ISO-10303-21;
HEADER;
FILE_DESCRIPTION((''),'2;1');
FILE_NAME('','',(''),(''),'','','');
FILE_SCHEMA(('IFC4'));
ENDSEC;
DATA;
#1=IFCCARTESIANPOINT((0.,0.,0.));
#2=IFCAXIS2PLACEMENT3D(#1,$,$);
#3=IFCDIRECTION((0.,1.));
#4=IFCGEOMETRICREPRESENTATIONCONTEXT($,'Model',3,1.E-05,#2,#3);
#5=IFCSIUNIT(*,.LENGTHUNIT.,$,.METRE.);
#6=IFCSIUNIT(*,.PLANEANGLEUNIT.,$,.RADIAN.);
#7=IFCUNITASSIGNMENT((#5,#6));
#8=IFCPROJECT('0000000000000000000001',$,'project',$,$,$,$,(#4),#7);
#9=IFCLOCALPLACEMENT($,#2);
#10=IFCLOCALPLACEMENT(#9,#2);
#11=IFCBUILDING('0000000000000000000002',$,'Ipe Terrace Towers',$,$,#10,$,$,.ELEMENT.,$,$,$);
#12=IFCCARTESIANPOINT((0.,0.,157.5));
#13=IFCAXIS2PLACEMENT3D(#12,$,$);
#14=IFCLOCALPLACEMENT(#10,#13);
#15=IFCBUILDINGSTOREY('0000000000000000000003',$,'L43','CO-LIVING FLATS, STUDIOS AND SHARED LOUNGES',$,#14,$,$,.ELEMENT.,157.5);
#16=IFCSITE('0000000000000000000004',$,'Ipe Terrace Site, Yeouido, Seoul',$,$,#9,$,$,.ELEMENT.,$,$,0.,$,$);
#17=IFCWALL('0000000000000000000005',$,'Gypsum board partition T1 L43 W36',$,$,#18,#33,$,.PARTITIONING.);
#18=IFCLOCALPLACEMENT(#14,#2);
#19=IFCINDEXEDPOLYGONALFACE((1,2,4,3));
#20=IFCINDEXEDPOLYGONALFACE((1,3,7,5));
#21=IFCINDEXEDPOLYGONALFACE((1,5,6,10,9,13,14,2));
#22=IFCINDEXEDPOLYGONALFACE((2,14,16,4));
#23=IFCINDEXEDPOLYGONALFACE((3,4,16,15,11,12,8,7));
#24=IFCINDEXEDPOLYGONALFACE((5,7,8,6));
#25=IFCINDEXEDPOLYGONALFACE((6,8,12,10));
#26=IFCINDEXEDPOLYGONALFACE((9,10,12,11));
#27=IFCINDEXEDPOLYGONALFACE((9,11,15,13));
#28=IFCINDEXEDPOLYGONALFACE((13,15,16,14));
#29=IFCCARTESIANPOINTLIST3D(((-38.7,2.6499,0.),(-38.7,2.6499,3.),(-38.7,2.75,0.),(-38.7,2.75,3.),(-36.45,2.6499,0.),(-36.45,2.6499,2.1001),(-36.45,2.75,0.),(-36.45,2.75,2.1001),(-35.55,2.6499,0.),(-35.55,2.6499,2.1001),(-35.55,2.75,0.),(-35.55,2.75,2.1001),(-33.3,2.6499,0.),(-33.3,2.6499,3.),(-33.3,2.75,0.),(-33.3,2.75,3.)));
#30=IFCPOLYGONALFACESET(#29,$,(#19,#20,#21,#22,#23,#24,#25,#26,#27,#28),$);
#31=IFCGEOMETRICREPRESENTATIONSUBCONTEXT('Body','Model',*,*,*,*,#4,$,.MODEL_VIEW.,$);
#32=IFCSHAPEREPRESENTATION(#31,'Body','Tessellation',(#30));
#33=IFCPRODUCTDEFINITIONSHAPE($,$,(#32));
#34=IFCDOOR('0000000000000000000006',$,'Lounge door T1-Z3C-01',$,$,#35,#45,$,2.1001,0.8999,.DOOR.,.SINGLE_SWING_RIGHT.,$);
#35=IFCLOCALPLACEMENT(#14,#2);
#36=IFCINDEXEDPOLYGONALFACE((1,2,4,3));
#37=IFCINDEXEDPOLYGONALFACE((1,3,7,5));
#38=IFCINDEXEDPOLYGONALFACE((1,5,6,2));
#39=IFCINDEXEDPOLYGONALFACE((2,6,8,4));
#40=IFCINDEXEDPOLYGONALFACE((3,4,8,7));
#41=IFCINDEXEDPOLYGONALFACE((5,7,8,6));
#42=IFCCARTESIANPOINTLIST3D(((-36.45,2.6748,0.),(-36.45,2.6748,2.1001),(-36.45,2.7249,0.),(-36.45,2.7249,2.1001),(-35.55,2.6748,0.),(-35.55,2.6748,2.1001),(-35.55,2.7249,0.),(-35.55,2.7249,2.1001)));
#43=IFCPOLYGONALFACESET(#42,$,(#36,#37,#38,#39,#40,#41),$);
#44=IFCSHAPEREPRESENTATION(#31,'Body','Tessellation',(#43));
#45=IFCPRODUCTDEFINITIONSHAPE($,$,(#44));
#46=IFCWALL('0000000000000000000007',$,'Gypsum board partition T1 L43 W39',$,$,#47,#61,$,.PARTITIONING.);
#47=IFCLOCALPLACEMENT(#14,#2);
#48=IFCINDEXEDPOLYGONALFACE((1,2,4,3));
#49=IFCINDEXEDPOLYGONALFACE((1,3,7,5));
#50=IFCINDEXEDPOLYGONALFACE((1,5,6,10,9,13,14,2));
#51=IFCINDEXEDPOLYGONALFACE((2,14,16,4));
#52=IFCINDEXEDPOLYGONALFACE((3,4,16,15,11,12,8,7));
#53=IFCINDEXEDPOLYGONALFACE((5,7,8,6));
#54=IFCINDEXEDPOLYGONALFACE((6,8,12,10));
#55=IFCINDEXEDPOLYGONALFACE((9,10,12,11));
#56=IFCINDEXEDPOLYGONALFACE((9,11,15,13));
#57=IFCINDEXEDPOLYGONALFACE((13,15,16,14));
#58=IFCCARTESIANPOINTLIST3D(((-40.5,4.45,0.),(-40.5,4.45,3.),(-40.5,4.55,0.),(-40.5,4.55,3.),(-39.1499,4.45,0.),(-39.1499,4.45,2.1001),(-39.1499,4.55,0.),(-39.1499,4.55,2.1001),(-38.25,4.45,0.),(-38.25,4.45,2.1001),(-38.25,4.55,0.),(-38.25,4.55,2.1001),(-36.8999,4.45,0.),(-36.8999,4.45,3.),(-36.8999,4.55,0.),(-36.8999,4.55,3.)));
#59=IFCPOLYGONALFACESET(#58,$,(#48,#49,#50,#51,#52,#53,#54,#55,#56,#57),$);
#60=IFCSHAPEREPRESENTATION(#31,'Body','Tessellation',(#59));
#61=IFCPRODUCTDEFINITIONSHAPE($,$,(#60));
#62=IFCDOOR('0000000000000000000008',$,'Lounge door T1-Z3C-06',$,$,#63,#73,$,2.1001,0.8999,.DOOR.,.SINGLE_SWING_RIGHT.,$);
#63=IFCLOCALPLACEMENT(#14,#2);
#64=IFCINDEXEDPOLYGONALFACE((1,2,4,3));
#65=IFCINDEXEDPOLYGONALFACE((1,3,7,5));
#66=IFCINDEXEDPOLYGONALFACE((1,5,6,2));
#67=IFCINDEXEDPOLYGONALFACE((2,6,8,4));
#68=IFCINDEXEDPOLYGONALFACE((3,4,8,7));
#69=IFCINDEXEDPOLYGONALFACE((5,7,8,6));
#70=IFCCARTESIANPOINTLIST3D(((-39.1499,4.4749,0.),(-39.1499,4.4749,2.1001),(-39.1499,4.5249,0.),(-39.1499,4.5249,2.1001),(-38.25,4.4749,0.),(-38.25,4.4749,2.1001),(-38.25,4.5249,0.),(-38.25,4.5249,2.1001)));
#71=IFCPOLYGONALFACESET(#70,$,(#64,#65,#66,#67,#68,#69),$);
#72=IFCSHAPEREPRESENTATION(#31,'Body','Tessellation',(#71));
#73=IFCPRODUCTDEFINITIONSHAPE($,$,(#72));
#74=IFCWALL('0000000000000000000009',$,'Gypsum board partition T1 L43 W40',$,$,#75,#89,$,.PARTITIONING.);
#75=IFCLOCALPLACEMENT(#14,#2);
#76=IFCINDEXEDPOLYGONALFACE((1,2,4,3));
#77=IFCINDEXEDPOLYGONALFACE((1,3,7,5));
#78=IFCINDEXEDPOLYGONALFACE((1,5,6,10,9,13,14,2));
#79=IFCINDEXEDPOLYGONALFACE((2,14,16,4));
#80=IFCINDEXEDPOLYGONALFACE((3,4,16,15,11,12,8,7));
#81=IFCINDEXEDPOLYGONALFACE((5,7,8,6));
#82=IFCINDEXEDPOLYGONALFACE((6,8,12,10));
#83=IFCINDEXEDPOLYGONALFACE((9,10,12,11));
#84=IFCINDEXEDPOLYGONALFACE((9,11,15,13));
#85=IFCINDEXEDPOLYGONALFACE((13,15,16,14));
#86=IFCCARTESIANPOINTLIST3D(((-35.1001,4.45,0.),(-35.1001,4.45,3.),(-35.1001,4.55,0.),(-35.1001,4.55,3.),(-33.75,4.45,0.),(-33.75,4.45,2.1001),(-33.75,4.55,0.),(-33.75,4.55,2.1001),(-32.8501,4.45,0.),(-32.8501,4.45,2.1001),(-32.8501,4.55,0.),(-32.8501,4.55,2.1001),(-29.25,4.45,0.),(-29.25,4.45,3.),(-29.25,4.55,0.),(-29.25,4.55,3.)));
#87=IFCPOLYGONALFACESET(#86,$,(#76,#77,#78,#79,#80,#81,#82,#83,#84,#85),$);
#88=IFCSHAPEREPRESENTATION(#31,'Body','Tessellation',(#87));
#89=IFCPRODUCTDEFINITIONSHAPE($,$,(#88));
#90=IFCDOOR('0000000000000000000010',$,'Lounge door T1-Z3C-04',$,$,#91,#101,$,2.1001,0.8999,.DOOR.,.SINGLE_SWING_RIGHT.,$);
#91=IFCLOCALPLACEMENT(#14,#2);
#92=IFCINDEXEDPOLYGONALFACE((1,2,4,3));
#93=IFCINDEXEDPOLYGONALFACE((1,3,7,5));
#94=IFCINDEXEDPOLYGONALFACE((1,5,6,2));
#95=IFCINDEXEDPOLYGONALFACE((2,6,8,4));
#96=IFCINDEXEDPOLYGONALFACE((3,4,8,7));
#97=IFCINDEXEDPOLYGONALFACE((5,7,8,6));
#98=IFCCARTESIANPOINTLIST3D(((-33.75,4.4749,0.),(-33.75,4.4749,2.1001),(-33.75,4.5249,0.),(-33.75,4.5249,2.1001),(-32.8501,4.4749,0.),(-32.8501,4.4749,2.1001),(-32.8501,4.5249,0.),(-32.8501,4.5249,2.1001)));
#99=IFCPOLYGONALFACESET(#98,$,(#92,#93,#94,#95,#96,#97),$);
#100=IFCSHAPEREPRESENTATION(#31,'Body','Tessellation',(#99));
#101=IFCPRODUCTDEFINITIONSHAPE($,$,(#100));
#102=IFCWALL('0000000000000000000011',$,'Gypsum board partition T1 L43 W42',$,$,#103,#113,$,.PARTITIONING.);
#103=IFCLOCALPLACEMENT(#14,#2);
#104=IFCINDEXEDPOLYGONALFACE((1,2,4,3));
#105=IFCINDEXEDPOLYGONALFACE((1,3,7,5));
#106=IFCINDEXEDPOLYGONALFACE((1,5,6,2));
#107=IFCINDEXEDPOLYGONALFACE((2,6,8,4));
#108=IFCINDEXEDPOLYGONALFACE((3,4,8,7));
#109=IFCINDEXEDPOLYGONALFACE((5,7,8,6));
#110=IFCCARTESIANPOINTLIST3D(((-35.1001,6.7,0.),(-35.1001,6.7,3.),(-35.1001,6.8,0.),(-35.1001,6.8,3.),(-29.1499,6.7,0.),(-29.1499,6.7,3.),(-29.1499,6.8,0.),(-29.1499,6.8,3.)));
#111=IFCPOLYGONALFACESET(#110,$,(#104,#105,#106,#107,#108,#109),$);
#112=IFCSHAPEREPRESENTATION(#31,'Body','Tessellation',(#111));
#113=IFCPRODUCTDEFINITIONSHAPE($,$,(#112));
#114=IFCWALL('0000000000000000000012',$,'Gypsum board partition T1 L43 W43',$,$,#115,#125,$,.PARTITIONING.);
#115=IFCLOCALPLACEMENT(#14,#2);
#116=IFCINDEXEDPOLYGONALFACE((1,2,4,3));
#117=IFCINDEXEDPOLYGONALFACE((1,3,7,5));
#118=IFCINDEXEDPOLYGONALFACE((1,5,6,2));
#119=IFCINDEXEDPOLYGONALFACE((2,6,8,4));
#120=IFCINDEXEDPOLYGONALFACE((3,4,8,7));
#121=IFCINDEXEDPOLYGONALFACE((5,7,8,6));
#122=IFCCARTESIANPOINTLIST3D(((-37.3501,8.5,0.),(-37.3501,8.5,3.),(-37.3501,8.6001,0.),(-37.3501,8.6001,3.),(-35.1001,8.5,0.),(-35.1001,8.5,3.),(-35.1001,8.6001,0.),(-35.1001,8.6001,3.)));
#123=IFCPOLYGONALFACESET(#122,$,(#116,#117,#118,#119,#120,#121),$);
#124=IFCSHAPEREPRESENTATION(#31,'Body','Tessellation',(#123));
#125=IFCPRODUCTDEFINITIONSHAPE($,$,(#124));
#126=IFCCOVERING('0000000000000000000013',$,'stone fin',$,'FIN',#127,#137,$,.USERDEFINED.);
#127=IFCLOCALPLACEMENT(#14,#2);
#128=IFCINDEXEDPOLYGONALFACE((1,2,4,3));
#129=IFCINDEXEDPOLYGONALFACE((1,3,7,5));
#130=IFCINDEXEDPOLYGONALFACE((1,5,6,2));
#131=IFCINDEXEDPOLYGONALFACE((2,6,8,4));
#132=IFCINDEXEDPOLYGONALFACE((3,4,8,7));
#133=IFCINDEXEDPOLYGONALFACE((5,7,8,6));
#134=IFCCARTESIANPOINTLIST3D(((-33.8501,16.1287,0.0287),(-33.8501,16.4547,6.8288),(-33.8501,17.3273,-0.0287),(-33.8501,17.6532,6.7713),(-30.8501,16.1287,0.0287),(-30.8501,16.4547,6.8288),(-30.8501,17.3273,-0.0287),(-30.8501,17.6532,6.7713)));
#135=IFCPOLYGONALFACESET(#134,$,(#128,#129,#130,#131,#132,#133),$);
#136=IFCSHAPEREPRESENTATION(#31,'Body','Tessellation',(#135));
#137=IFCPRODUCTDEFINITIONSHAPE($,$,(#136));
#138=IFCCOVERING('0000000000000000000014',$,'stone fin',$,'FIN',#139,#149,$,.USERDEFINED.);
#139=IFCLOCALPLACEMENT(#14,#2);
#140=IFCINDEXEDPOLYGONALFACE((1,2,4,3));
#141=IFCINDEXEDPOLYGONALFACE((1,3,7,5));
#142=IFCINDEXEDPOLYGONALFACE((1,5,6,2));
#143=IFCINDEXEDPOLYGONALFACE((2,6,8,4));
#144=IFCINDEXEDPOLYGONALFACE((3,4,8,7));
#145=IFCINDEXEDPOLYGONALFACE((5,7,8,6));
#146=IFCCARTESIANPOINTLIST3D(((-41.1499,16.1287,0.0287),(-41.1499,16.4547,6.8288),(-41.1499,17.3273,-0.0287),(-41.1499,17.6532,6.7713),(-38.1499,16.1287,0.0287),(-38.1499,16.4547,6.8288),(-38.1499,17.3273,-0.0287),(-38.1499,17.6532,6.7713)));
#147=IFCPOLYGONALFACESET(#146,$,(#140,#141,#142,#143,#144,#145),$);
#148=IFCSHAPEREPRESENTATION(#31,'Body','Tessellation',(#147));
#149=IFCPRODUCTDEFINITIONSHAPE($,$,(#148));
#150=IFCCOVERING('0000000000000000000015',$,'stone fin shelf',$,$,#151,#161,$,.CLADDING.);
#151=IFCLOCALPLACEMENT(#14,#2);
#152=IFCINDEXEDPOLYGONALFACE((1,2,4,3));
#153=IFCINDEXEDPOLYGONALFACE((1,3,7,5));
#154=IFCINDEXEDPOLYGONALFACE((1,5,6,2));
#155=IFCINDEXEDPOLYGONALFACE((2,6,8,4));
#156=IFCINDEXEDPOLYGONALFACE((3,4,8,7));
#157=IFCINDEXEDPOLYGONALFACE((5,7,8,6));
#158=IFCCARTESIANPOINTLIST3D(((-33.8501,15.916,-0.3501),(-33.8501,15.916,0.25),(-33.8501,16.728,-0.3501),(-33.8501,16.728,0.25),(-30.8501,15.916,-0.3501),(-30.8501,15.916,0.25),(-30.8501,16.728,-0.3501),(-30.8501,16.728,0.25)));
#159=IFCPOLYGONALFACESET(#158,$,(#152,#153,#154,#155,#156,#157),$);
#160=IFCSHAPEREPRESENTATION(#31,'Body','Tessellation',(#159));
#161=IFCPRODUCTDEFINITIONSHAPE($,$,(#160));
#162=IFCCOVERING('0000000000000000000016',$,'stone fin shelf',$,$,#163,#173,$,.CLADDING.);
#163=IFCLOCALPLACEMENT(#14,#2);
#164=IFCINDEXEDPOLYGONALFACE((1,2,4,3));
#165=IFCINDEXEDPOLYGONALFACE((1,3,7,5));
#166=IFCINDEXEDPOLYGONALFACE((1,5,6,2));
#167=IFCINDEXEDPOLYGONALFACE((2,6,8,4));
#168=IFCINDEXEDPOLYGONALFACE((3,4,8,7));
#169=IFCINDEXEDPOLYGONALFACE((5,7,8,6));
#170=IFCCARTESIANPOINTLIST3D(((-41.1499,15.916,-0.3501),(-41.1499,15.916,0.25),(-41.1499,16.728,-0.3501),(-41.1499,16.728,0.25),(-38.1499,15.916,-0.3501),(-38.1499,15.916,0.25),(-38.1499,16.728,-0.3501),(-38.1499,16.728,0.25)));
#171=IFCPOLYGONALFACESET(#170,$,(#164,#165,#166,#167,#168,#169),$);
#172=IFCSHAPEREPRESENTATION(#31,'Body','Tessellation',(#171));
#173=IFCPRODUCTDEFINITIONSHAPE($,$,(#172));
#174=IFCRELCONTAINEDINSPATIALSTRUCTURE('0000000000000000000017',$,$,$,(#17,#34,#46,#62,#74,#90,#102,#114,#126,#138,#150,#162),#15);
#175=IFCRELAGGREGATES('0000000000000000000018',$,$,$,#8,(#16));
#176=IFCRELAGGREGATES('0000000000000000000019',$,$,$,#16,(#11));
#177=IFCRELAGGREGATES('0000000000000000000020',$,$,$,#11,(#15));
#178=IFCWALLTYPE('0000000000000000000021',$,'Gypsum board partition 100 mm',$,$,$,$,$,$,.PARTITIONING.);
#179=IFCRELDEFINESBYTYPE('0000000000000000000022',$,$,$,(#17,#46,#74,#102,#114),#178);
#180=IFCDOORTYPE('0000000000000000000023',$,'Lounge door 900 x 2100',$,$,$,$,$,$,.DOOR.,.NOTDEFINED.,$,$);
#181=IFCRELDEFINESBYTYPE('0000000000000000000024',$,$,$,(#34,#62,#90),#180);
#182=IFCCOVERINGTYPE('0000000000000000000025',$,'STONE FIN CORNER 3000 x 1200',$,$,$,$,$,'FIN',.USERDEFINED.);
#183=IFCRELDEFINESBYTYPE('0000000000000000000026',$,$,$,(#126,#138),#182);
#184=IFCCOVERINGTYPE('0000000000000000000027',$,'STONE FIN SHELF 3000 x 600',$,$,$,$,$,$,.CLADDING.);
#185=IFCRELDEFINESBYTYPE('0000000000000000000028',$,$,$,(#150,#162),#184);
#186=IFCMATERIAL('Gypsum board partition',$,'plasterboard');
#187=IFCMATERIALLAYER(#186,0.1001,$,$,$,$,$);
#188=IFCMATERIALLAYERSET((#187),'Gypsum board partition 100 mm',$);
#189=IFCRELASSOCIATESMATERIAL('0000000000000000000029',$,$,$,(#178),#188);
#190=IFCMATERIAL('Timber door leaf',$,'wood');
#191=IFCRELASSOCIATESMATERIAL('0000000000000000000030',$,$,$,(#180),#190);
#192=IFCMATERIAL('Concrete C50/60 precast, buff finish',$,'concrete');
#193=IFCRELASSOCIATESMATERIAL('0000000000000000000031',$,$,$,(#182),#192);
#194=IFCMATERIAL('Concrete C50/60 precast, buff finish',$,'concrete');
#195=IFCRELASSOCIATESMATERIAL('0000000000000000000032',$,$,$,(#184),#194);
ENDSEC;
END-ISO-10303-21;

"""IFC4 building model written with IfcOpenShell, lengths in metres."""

from ifc_helpers import new_model, si_unit, direction, frame, frame_2d, origin, origin_2d, place, context, subcontext, project, spatial, rectangle, extrude, material, layer, layer_set, material_profile, profile_set, type_object, element, fill, save


model = new_model("IFC4")

# Units and contexts
model_context = context("Model", 3, precision=1e-05, world=origin(), true_north=direction((0.0, 1.0)))
body_context = subcontext(model_context, "Body", "Model", "MODEL_VIEW")
ifc_project = project(units=[si_unit("LENGTHUNIT", "METRE"), si_unit("PLANEANGLEUNIT", "RADIAN")], contexts=[model_context])

# Site, building, storey
site_placement = place(None, origin())
site = spatial("IfcSite", under=ifc_project, at=site_placement, Name="Ipe Terrace Site, Yeouido, Seoul", CompositionType="ELEMENT", RefElevation=0.0)
building_placement = place(site_placement, origin())
building = spatial("IfcBuilding", under=site, at=building_placement, Name="Ipe Terrace Towers", CompositionType="ELEMENT")
storey_placement = place(building_placement, frame((0.0, 0.0, 157.5)))
storey = spatial("IfcBuildingStorey", under=building, at=storey_placement, Name="L43", Description="CO-LIVING FLATS, STUDIOS AND SHARED LOUNGES", CompositionType="ELEMENT", Elevation=157.5)

# Shared definitions
ifc_material_1 = material(Name="Gypsum board partition", Category="plasterboard")
ifc_layer_1 = layer(ifc_material_1, 0.1001)
ifc_layer_set_1 = layer_set([ifc_layer_1], Name="Gypsum board partition 100 mm")
wall_type_1 = type_object("IfcWallType", Name="Gypsum board partition 100 mm", PredefinedType="PARTITIONING", material=ifc_layer_set_1)

# Shared definitions
ifc_material_2 = material(Name="Timber door leaf", Category="wood")
door_type = type_object("IfcDoorType", Name="Lounge door 900 x 2100", OperationType="NOTDEFINED", PredefinedType="DOOR", material=ifc_material_2)

# Walls, openings, doors
wall_1_placement = place(storey_placement, frame((-38.7, 2.7, 0.0), z_axis=(0.0, 0.0, 1.0), x_axis=(1.0, 0.0, 0.0)))
wall_1 = element("IfcWall", 1, at=wall_1_placement, inside=storey, type_object=wall_type_1, Name="Gypsum board partition T1 L43 W36", PredefinedType="PARTITIONING", context=body_context, shape_type="SweptSolid", body=[
    extrude(rectangle(XDim=5.3999, YDim=0.1001, at=frame_2d((2.7, 0.0))), origin(), (0.0, 0.0, 1.0), 3.0),
])
opening_1_placement = place(wall_1_placement, frame((2.25, 0.0, 0.0)))
opening_1 = element("IfcOpeningElement", 2, at=opening_1_placement, cuts=wall_1, PredefinedType="OPENING", context=body_context, shape_type="SweptSolid", body=[
    extrude(rectangle(XDim=0.8999, YDim=2.1001, at=frame_2d((0.45, 1.05))), frame((0.0, 0.0601, 0.0), z_axis=(0.0, -1.0, 0.0), x_axis=(1.0, 0.0, 0.0)), (0.0, 0.0, 1.0), 0.1201),
])
door_1_placement = place(opening_1_placement, origin())
door_1 = element("IfcDoor", 3, at=door_1_placement, inside=storey, type_object=door_type, Name="Lounge door T1-Z3C-01", OperationType="SINGLE_SWING_RIGHT", OverallHeight=2.1001, OverallWidth=0.8999, PredefinedType="DOOR", context=body_context, shape_type="SweptSolid", body=[
    extrude(rectangle(XDim=0.8999, YDim=2.1001, at=frame_2d((0.45, 1.05))), frame((0.0, 0.0249, 0.0), z_axis=(0.0, -1.0, 0.0), x_axis=(1.0, 0.0, 0.0)), (0.0, 0.0, 1.0), 0.05),
])
fill(opening_1, door_1)
wall_2_placement = place(storey_placement, frame((-40.5, 4.5, 0.0), z_axis=(0.0, 0.0, 1.0), x_axis=(1.0, 0.0, 0.0)))
wall_2 = element("IfcWall", 4, at=wall_2_placement, inside=storey, type_object=wall_type_1, Name="Gypsum board partition T1 L43 W39", PredefinedType="PARTITIONING", context=body_context, shape_type="SweptSolid", body=[
    extrude(rectangle(XDim=3.6001, YDim=0.1001, at=frame_2d((1.8, 0.0))), origin(), (0.0, 0.0, 1.0), 3.0),
])
opening_2_placement = place(wall_2_placement, frame((1.3501, 0.0, 0.0)))
opening_2 = element("IfcOpeningElement", 5, at=opening_2_placement, cuts=wall_2, PredefinedType="OPENING", context=body_context, shape_type="SweptSolid", body=[
    extrude(rectangle(XDim=0.8999, YDim=2.1001, at=frame_2d((0.45, 1.05))), frame((0.0, 0.0601, 0.0), z_axis=(0.0, -1.0, 0.0), x_axis=(1.0, 0.0, 0.0)), (0.0, 0.0, 1.0), 0.1201),
])
door_2_placement = place(opening_2_placement, origin())
door_2 = element("IfcDoor", 6, at=door_2_placement, inside=storey, type_object=door_type, Name="Lounge door T1-Z3C-06", OperationType="SINGLE_SWING_RIGHT", OverallHeight=2.1001, OverallWidth=0.8999, PredefinedType="DOOR", context=body_context, shape_type="SweptSolid", body=[
    extrude(rectangle(XDim=0.8999, YDim=2.1001, at=frame_2d((0.45, 1.05))), frame((0.0, 0.0249, 0.0), z_axis=(0.0, -1.0, 0.0), x_axis=(1.0, 0.0, 0.0)), (0.0, 0.0, 1.0), 0.05),
])
fill(opening_2, door_2)
wall_3_placement = place(storey_placement, frame((-35.1001, 4.5, 0.0), z_axis=(0.0, 0.0, 1.0), x_axis=(1.0, 0.0, 0.0)))
wall_3 = element("IfcWall", 7, at=wall_3_placement, inside=storey, type_object=wall_type_1, Name="Gypsum board partition T1 L43 W40", PredefinedType="PARTITIONING", context=body_context, shape_type="SweptSolid", body=[
    extrude(rectangle(XDim=5.8501, YDim=0.1001, at=frame_2d((2.925, 0.0))), origin(), (0.0, 0.0, 1.0), 3.0),
])
opening_3_placement = place(wall_3_placement, frame((1.3501, 0.0, 0.0)))
opening_3 = element("IfcOpeningElement", 8, at=opening_3_placement, cuts=wall_3, PredefinedType="OPENING", context=body_context, shape_type="SweptSolid", body=[
    extrude(rectangle(XDim=0.8999, YDim=2.1001, at=frame_2d((0.45, 1.05))), frame((0.0, 0.0601, 0.0), z_axis=(0.0, -1.0, 0.0), x_axis=(1.0, 0.0, 0.0)), (0.0, 0.0, 1.0), 0.1201),
])
door_3_placement = place(opening_3_placement, origin())
door_3 = element("IfcDoor", 9, at=door_3_placement, inside=storey, type_object=door_type, Name="Lounge door T1-Z3C-04", OperationType="SINGLE_SWING_RIGHT", OverallHeight=2.1001, OverallWidth=0.8999, PredefinedType="DOOR", context=body_context, shape_type="SweptSolid", body=[
    extrude(rectangle(XDim=0.8999, YDim=2.1001, at=frame_2d((0.45, 1.05))), frame((0.0, 0.0249, 0.0), z_axis=(0.0, -1.0, 0.0), x_axis=(1.0, 0.0, 0.0)), (0.0, 0.0, 1.0), 0.05),
])
fill(opening_3, door_3)

# Walls
wall_4_placement = place(storey_placement, frame((-35.1001, 6.75, 0.0), z_axis=(0.0, 0.0, 1.0), x_axis=(1.0, 0.0, 0.0)))
element("IfcWall", 10, at=wall_4_placement, inside=storey, type_object=wall_type_1, Name="Gypsum board partition T1 L43 W42", PredefinedType="PARTITIONING", context=body_context, shape_type="SweptSolid", body=[
    extrude(rectangle(XDim=5.9502, YDim=0.1001, at=frame_2d((2.9751, 0.0))), origin(), (0.0, 0.0, 1.0), 3.0),
])
wall_5_placement = place(storey_placement, frame((-37.3501, 8.55, 0.0), z_axis=(0.0, 0.0, 1.0), x_axis=(1.0, 0.0, 0.0)))
element("IfcWall", 11, at=wall_5_placement, inside=storey, type_object=wall_type_1, Name="Gypsum board partition T1 L43 W43", PredefinedType="PARTITIONING", context=body_context, shape_type="SweptSolid", body=[
    extrude(rectangle(XDim=2.25, YDim=0.1001, at=frame_2d((1.125, 0.0))), origin(), (0.0, 0.0, 1.0), 3.0),
])

# Coverings
ifc_material_3 = material(Name="Concrete C50/60 precast, buff finish", Category="concrete")
ifc_material_profile_1 = material_profile(ifc_material_3, rectangle(XDim=3.0, YDim=1.2, at=origin_2d()), Name="STONE FIN CORNER 3000 x 1200")
ifc_profile_set_1 = profile_set([ifc_material_profile_1], Name="Concrete C50/60 precast, buff finish")
covering_type_1 = type_object("IfcCoveringType", Name="STONE FIN CORNER 3000 x 1200", ElementType="FIN", PredefinedType="USERDEFINED", material=ifc_profile_set_1)
for number, where, z_axis, x_axis, name in (
    (12, (-32.3501, 16.728, 0.0), (0.0, 0.047875, 0.998853), (-1.0, 0.0, 0.0), "stone fin"),
    (13, (-39.6499, 16.728, 0.0), (0.0, 0.047875, 0.998853), (-1.0, 0.0, 0.0), "stone fin"),
):
    element("IfcCovering", number, at=place(storey_placement, frame(where, z_axis=z_axis, x_axis=x_axis)), inside=storey, type_object=covering_type_1, Name=name, ObjectType="FIN", PredefinedType="USERDEFINED", context=body_context, shape_type="SweptSolid", body=[
        extrude(rectangle(XDim=3.0, YDim=1.2, at=origin_2d()), origin(), (0.0, 0.0, 1.0), 6.8079),
    ])
ifc_material_4 = material(Name="Concrete C50/60 precast, buff finish", Category="concrete")
covering_type_2 = type_object("IfcCoveringType", Name="STONE FIN SHELF 3000 x 600", PredefinedType="CLADDING", material=ifc_material_4)
for number, where, z_axis, x_axis, name in (
    (14, (-32.3501, 16.322, -0.3501), (0.0, 0.0, 1.0), (-1.0, 0.0, 0.0), "stone fin shelf"),
    (15, (-39.6499, 16.322, -0.3501), (0.0, 0.0, 1.0), (-1.0, 0.0, 0.0), "stone fin shelf"),
):
    element("IfcCovering", number, at=place(storey_placement, frame(where, z_axis=z_axis, x_axis=x_axis)), inside=storey, type_object=covering_type_2, Name=name, PredefinedType="CLADDING", context=body_context, shape_type="SweptSolid", body=[
        extrude(rectangle(XDim=3.0, YDim=0.812, at=origin_2d()), origin(), (0.0, 0.0, 1.0), 0.6001),
    ])

save(model, "model.ifc")
